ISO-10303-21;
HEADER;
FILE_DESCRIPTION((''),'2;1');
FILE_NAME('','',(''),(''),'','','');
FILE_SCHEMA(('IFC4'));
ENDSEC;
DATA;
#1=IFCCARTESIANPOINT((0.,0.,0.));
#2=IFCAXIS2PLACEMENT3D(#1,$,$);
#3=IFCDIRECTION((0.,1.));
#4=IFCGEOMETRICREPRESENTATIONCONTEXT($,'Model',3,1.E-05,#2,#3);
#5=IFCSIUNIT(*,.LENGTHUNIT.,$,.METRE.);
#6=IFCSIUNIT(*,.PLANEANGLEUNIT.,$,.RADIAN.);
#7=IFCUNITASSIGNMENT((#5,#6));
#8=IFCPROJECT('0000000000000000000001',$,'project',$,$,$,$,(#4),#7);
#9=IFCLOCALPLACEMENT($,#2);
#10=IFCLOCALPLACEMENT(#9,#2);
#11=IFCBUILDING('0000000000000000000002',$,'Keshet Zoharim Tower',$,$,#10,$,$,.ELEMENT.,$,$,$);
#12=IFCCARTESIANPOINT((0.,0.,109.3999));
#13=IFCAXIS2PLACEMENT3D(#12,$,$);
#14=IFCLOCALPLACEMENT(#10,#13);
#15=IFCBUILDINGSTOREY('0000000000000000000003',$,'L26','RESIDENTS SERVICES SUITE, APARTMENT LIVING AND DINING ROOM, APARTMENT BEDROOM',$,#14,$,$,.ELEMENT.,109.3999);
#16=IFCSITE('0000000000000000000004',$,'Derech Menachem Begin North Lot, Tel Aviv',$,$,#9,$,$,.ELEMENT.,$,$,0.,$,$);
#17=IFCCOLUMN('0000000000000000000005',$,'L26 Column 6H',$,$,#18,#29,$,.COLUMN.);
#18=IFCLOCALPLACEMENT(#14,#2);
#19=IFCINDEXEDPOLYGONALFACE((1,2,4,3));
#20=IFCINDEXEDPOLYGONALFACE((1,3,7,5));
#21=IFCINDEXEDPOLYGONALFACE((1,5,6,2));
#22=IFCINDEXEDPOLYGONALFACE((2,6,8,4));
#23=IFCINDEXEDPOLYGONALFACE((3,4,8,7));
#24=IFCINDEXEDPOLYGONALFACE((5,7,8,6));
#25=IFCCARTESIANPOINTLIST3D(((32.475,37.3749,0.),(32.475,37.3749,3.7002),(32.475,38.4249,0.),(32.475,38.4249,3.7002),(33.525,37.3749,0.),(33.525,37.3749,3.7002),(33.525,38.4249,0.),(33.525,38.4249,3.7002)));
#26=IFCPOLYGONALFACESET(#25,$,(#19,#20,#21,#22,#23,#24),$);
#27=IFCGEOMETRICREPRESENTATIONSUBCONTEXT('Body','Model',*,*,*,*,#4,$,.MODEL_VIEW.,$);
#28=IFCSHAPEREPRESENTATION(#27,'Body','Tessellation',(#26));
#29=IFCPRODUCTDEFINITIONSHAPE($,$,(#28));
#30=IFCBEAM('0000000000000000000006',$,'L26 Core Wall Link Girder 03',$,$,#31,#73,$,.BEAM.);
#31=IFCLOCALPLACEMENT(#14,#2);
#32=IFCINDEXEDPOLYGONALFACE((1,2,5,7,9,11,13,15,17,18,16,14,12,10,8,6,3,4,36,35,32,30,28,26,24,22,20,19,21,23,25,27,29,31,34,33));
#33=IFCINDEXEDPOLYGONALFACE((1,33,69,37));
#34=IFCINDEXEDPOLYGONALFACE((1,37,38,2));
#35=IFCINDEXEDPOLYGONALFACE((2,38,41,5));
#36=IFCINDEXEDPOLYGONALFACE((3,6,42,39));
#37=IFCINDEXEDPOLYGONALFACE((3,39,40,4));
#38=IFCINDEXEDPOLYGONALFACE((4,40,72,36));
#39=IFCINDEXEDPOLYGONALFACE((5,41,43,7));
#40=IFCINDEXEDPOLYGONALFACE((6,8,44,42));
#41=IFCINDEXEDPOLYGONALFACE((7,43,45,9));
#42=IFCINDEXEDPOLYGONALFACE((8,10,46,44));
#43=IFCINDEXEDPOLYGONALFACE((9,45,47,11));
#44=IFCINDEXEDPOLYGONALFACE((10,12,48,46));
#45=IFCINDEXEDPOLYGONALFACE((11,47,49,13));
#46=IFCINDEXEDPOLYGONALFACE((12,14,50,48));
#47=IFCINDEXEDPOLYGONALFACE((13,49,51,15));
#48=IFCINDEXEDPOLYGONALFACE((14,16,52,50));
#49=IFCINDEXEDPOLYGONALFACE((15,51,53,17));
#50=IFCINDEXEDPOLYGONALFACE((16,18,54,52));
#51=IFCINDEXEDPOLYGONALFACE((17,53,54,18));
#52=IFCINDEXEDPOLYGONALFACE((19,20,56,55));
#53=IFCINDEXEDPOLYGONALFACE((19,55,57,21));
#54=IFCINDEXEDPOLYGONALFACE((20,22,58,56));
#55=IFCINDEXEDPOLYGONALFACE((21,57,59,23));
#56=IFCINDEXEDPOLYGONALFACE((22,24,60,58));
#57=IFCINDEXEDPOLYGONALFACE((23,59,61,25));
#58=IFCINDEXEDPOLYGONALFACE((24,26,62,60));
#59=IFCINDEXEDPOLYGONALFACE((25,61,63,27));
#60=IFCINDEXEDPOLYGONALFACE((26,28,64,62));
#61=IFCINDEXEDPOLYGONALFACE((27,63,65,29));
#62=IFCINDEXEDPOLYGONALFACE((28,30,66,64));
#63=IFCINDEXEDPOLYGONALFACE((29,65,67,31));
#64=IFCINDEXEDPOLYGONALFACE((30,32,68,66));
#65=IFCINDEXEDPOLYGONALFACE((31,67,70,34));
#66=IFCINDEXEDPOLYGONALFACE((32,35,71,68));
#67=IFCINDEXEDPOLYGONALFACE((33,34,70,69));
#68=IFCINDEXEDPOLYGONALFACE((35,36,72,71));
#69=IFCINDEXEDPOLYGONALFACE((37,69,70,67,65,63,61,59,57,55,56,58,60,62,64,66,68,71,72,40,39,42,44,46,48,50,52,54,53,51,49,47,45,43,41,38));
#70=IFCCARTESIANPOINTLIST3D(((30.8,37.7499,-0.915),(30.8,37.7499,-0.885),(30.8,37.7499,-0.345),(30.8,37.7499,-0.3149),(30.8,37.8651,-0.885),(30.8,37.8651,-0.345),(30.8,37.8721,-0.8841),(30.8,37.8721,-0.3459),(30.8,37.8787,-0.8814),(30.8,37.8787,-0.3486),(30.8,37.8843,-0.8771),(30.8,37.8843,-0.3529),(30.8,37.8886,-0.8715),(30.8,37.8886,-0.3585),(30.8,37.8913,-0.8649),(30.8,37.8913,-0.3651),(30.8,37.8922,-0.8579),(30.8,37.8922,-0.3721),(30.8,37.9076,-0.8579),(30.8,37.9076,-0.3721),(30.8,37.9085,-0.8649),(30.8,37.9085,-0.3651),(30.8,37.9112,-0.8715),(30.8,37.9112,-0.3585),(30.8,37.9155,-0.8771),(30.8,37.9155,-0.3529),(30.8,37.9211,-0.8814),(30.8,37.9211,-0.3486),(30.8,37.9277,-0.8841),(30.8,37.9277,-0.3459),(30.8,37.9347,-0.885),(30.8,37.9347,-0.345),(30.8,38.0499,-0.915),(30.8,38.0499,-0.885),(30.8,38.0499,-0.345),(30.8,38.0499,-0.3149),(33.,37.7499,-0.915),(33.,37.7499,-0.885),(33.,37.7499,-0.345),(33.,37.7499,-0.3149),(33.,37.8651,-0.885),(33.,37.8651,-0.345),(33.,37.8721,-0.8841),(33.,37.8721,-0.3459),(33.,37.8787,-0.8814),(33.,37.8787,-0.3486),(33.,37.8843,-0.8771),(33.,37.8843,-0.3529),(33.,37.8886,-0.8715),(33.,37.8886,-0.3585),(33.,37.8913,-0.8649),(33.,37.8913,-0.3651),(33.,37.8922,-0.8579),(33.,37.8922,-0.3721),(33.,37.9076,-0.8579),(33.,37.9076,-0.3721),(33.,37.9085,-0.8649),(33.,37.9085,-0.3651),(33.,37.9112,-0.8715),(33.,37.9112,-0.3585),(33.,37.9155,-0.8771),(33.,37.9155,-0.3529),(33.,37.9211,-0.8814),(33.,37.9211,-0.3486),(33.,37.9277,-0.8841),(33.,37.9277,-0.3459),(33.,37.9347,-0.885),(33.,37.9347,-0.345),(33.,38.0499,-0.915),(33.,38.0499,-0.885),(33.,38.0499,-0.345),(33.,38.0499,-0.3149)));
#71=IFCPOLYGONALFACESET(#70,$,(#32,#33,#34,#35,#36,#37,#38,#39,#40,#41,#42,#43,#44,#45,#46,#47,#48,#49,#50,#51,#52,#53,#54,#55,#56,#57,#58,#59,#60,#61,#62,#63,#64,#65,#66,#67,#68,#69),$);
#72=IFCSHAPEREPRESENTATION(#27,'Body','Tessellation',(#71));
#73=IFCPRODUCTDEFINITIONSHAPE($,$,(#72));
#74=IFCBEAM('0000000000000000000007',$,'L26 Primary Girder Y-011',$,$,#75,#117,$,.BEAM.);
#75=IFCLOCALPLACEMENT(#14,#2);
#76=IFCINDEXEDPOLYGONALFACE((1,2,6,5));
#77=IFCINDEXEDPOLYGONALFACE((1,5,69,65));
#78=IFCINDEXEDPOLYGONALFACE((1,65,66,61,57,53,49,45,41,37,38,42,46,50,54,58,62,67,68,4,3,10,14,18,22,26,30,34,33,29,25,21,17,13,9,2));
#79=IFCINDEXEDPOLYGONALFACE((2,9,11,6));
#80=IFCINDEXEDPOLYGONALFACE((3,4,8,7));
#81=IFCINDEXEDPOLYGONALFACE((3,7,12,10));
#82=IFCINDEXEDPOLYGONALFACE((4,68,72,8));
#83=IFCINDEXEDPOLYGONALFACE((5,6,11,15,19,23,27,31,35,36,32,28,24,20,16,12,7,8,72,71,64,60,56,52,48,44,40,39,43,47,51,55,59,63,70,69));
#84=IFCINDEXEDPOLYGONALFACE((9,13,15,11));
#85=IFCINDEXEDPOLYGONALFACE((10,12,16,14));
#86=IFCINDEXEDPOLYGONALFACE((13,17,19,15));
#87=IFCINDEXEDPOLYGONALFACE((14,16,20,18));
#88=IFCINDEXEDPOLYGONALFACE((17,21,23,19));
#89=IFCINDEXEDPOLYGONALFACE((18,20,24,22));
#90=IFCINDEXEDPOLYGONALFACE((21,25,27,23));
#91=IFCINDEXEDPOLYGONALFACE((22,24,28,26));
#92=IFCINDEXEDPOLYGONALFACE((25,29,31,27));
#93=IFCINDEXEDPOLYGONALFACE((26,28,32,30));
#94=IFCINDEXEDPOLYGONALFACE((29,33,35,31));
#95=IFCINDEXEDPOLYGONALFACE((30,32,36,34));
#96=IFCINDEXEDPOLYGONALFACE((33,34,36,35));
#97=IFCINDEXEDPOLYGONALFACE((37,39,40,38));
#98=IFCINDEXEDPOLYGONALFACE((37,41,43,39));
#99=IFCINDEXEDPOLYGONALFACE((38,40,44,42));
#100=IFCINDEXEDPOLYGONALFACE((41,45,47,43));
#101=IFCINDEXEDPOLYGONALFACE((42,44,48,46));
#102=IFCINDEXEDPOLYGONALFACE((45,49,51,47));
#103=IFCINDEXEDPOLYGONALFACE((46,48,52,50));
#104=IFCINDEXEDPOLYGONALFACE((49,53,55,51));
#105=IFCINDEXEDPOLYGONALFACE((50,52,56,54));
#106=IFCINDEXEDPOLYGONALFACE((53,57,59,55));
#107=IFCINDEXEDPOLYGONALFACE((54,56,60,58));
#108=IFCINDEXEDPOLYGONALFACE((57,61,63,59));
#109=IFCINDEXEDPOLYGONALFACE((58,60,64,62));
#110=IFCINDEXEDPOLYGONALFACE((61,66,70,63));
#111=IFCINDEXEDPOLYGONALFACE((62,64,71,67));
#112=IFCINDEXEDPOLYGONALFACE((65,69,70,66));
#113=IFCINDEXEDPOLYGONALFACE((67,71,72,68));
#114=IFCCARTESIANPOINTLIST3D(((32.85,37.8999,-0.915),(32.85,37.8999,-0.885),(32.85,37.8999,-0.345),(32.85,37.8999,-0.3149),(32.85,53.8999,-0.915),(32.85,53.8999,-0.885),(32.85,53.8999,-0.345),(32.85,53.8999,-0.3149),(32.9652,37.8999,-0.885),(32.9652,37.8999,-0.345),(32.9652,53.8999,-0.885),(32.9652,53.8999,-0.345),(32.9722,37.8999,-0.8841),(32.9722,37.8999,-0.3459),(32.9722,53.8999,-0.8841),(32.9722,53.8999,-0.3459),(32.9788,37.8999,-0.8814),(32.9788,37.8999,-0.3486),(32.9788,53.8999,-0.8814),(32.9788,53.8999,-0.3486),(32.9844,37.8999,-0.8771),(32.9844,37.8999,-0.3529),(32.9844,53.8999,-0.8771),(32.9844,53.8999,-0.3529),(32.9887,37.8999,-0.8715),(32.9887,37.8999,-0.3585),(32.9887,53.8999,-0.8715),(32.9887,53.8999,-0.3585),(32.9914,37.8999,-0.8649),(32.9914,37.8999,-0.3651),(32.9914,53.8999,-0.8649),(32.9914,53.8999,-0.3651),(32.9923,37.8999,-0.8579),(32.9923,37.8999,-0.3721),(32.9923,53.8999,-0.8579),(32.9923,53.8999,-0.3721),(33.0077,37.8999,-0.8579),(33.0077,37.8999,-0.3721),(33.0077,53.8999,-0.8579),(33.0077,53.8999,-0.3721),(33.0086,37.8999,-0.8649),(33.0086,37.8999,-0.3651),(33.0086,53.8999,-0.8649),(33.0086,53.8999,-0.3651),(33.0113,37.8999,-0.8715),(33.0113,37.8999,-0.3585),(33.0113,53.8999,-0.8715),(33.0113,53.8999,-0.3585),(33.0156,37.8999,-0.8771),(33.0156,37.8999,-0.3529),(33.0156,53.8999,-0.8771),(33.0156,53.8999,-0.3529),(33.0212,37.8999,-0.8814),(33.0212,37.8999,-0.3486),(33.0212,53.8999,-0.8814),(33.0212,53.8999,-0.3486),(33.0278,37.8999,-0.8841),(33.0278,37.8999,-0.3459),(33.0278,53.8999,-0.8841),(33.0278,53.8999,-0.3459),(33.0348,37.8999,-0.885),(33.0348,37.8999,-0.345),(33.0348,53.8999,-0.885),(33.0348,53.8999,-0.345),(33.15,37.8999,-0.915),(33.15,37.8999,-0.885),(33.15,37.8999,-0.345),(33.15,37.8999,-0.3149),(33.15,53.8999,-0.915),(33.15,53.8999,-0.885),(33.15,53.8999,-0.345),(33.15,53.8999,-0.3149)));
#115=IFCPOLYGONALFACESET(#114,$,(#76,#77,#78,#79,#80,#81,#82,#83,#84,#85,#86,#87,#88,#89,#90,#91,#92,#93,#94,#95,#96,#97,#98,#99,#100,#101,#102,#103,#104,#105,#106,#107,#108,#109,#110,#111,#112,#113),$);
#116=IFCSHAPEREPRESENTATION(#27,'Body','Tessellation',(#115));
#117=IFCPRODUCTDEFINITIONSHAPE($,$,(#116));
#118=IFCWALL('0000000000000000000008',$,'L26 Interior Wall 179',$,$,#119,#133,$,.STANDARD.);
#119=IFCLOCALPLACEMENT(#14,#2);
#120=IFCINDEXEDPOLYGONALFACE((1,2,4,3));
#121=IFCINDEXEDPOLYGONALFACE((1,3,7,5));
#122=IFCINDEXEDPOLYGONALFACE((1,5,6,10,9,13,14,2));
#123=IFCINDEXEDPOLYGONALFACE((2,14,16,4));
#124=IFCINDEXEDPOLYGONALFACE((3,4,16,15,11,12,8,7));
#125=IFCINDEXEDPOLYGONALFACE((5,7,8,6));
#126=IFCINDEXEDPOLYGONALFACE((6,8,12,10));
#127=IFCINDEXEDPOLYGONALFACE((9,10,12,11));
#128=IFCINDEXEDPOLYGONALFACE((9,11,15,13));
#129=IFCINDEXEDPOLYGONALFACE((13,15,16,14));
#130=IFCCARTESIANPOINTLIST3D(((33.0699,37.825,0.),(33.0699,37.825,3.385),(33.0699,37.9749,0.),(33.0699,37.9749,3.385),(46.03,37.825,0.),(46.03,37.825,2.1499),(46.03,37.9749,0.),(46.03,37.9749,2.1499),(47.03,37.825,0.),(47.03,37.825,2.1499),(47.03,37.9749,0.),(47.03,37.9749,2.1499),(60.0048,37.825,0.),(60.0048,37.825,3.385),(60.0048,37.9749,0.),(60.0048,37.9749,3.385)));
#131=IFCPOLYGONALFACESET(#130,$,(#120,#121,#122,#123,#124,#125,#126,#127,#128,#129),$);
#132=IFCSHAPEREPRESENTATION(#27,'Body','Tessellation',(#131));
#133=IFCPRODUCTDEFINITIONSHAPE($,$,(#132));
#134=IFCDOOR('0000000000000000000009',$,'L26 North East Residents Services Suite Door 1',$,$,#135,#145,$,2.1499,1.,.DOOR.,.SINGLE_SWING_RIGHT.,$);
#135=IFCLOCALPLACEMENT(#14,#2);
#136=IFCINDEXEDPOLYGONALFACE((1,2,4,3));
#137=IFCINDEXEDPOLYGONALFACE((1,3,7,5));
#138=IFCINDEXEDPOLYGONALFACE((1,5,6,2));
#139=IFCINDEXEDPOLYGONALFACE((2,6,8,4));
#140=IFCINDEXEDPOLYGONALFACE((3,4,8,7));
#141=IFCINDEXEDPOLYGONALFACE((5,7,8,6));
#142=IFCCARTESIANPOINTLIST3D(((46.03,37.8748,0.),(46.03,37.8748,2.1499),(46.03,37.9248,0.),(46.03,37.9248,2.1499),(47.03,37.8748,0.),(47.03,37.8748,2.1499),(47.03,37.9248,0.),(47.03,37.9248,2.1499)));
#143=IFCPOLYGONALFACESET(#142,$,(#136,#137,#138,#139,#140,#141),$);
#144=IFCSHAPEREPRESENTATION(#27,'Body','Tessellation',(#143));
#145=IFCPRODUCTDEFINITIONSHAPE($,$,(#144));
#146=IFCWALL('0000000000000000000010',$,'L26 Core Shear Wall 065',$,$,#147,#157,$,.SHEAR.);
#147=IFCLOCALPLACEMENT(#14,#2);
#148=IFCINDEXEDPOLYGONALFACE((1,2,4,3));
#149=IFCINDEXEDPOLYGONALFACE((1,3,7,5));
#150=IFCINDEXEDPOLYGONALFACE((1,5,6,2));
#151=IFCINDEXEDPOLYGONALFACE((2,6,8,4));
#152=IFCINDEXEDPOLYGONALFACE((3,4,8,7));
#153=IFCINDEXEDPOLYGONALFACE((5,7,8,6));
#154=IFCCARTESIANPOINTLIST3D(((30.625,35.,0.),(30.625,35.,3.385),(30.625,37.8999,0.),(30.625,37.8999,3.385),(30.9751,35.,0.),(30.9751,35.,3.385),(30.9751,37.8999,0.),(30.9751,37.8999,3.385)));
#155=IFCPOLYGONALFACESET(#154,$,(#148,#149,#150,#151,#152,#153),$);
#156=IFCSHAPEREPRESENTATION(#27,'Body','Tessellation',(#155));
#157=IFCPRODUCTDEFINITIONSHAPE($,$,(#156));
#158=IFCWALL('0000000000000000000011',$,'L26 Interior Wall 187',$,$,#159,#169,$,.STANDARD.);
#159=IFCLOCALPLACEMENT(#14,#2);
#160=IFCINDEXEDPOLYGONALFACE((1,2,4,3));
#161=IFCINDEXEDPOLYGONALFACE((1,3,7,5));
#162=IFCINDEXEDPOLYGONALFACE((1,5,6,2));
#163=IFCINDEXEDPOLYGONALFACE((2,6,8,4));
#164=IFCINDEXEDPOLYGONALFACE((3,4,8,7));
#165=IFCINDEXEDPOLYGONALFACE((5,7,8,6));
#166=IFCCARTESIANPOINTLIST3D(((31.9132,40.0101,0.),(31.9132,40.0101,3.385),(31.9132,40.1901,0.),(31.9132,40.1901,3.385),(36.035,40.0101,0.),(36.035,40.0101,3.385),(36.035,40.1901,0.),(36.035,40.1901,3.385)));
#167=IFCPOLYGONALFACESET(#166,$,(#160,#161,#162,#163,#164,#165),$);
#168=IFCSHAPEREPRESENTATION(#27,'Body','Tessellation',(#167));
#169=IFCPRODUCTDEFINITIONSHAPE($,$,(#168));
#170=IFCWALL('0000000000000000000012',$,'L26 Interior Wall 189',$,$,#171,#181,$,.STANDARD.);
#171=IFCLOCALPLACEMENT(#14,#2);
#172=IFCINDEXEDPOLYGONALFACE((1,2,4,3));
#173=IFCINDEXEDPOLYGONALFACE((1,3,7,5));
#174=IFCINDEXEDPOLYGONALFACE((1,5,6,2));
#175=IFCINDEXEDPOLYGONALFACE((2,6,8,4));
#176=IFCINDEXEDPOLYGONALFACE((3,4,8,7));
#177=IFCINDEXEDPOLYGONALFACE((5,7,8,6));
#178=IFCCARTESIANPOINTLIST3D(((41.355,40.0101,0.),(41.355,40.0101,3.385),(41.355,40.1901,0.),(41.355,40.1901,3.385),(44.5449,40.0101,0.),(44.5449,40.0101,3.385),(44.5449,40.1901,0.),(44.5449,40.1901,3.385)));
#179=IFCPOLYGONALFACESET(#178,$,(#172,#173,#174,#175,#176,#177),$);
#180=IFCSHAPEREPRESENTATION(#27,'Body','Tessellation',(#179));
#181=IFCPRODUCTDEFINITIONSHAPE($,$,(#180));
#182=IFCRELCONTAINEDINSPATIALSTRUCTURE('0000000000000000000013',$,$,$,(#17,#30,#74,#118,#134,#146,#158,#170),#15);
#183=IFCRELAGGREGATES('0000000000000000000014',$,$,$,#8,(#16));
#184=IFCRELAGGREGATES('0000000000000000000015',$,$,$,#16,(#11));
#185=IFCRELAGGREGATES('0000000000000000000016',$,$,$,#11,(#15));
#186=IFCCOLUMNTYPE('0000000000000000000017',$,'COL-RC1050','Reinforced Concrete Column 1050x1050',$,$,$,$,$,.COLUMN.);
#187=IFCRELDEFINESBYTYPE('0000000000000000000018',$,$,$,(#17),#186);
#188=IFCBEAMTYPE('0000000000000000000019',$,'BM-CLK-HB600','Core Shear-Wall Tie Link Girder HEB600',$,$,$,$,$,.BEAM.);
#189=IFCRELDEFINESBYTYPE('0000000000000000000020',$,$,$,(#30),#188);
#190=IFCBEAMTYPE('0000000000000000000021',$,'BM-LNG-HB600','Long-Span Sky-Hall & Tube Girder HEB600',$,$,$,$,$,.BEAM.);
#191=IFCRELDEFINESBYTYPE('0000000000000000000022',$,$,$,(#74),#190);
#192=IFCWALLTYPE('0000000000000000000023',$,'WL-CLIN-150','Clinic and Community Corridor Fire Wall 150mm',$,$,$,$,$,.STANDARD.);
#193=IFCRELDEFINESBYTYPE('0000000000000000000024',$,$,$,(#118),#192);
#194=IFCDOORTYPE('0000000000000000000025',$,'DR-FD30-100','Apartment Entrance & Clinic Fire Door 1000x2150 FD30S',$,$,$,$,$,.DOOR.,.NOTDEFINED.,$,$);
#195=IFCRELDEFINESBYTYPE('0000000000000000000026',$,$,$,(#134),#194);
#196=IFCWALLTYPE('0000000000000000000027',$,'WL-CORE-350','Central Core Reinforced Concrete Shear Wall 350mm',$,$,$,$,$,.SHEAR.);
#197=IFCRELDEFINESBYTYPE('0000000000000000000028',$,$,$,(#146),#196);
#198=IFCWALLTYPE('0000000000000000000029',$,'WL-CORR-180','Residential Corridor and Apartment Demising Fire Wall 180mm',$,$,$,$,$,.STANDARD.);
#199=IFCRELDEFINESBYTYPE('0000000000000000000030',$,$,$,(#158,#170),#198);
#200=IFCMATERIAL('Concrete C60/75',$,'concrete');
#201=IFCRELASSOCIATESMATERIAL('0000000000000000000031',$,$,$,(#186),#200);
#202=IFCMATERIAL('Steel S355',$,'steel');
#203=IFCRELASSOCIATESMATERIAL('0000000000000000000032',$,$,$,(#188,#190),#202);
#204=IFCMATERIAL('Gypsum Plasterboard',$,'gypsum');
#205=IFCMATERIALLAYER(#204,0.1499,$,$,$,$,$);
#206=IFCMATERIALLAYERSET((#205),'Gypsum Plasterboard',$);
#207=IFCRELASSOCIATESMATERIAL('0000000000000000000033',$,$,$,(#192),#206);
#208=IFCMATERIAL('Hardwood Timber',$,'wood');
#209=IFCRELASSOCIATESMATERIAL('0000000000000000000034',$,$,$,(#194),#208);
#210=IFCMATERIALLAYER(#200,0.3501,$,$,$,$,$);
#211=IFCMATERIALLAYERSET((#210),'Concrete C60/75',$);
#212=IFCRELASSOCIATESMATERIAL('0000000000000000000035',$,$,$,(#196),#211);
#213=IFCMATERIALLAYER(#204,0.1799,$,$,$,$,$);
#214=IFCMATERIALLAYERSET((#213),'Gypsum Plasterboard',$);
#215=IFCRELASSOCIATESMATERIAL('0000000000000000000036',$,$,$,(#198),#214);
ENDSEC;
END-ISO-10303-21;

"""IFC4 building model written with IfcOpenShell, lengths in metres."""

from ifc_helpers import new_model, si_unit, direction, frame, frame_2d, origin, origin_2d, place, context, subcontext, project, spatial, rectangle, i_section, extrude, material, layer, layer_set, material_profile, profile_set, type_object, element, fill, save


model = new_model("IFC4")

# Units and contexts
model_context = context("Model", 3, precision=1e-05, world=origin(), true_north=direction((0.0, 1.0)))
body_context = subcontext(model_context, "Body", "Model", "MODEL_VIEW")
ifc_project = project(units=[si_unit("LENGTHUNIT", "METRE"), si_unit("PLANEANGLEUNIT", "RADIAN")], contexts=[model_context])

# Site, building, storey
site_placement = place(None, origin())
site = spatial("IfcSite", under=ifc_project, at=site_placement, Name="Derech Menachem Begin North Lot, Tel Aviv", CompositionType="ELEMENT", RefElevation=0.0)
building_placement = place(site_placement, origin())
building = spatial("IfcBuilding", under=site, at=building_placement, Name="Keshet Zoharim Tower", CompositionType="ELEMENT")
storey_placement = place(building_placement, frame((0.0, 0.0, 109.3999)))
storey = spatial("IfcBuildingStorey", under=building, at=storey_placement, Name="L26", Description="RESIDENTS SERVICES SUITE, APARTMENT LIVING AND DINING ROOM, APARTMENT BEDROOM", CompositionType="ELEMENT", Elevation=109.3999)

# Column
ifc_material_1 = material(Name="Concrete C60/75", Category="concrete")
ifc_material_profile_1 = material_profile(ifc_material_1, rectangle(XDim=1.05, YDim=1.05, at=origin_2d()), Name="RC1050x1050")
ifc_profile_set_1 = profile_set([ifc_material_profile_1], Name="Concrete C60/75")
column_type = type_object("IfcColumnType", Name="COL-RC1050", Description="Reinforced Concrete Column 1050x1050", PredefinedType="COLUMN", material=ifc_profile_set_1)
column_placement = place(storey_placement, frame((33.0, 37.8999, 0.0), z_axis=(0.0, 0.0, 1.0), x_axis=(1.0, 0.0, 0.0)))
element("IfcColumn", 1, at=column_placement, inside=storey, type_object=column_type, Name="L26 Column 6H", PredefinedType="COLUMN", context=body_context, shape_type="SweptSolid", body=[
    extrude(rectangle(XDim=1.05, YDim=1.05, at=origin_2d()), origin(), (0.0, 0.0, 1.0), 3.7002),
])

# Beams
ifc_material_2 = material(Name="Steel S355", Category="steel")
ifc_material_profile_2 = material_profile(ifc_material_2, i_section(OverallWidth=0.3, OverallDepth=0.6001, WebThickness=0.0154, FlangeThickness=0.03, FilletRadius=0.0271, at=origin_2d()), Name="HEB600")
ifc_profile_set_2 = profile_set([ifc_material_profile_2], Name="Steel S355")
beam_type_1 = type_object("IfcBeamType", Name="BM-CLK-HB600", Description="Core Shear-Wall Tie Link Girder HEB600", PredefinedType="BEAM", material=ifc_profile_set_2)
beam_1_placement = place(storey_placement, frame((30.8, 37.8999, -0.615), z_axis=(1.0, 0.0, 0.0), x_axis=(0.0, 1.0, 0.0)))
element("IfcBeam", 2, at=beam_1_placement, inside=storey, type_object=beam_type_1, Name="L26 Core Wall Link Girder 03", PredefinedType="BEAM", context=body_context, shape_type="SweptSolid", body=[
    extrude(i_section(OverallWidth=0.3, OverallDepth=0.6001, WebThickness=0.0154, FlangeThickness=0.03, FilletRadius=0.0271, at=origin_2d()), origin(), (0.0, 0.0, 1.0), 2.2),
])
ifc_material_profile_3 = material_profile(ifc_material_2, i_section(OverallWidth=0.3, OverallDepth=0.6001, WebThickness=0.0154, FlangeThickness=0.03, FilletRadius=0.0271, at=origin_2d()), Name="HEB600")
ifc_profile_set_3 = profile_set([ifc_material_profile_3], Name="Steel S355")
beam_type_2 = type_object("IfcBeamType", Name="BM-LNG-HB600", Description="Long-Span Sky-Hall & Tube Girder HEB600", PredefinedType="BEAM", material=ifc_profile_set_3)
beam_2_placement = place(storey_placement, frame((33.0, 37.8999, -0.615), z_axis=(0.0, 1.0, 0.0), x_axis=(-1.0, 0.0, 0.0)))
element("IfcBeam", 3, at=beam_2_placement, inside=storey, type_object=beam_type_2, Name="L26 Primary Girder Y-011", PredefinedType="BEAM", context=body_context, shape_type="SweptSolid", body=[
    extrude(i_section(OverallWidth=0.3, OverallDepth=0.6001, WebThickness=0.0154, FlangeThickness=0.03, FilletRadius=0.0271, at=origin_2d()), origin(), (0.0, 0.0, 1.0), 16.0),
])

# Wall, opening, door
ifc_material_3 = material(Name="Gypsum Plasterboard", Category="gypsum")
ifc_layer_1 = layer(ifc_material_3, 0.1499)
ifc_layer_set_1 = layer_set([ifc_layer_1], Name="Gypsum Plasterboard")
wall_type_1 = type_object("IfcWallType", Name="WL-CLIN-150", Description="Clinic and Community Corridor Fire Wall 150mm", PredefinedType="STANDARD", material=ifc_layer_set_1)
wall_1_placement = place(storey_placement, frame((33.0701, 37.8999, 0.0), z_axis=(0.0, 0.0, 1.0), x_axis=(1.0, 0.0, 0.0)))
wall_1 = element("IfcWall", 4, at=wall_1_placement, inside=storey, type_object=wall_type_1, Name="L26 Interior Wall 179", PredefinedType="STANDARD", context=body_context, shape_type="SweptSolid", body=[
    extrude(rectangle(XDim=26.9348, YDim=0.1499, at=frame_2d((13.4673, 0.0))), origin(), (0.0, 0.0, 1.0), 3.385),
])
opening_1_placement = place(wall_1_placement, frame((12.96, 0.0, 0.0)))
opening_1 = element("IfcOpeningElement", 5, at=opening_1_placement, cuts=wall_1, PredefinedType="OPENING", context=body_context, shape_type="SweptSolid", body=[
    extrude(rectangle(XDim=1.0, YDim=2.1499, at=frame_2d((0.5, 1.075))), frame((0.0, 0.085, 0.0), z_axis=(0.0, -1.0, 0.0), x_axis=(1.0, 0.0, 0.0)), (0.0, 0.0, 1.0), 0.1699),
])
ifc_material_4 = material(Name="Hardwood Timber", Category="wood")
door_type_1 = type_object("IfcDoorType", Name="DR-FD30-100", Description="Apartment Entrance & Clinic Fire Door 1000x2150 FD30S", OperationType="NOTDEFINED", PredefinedType="DOOR", material=ifc_material_4)
door_1_placement = place(opening_1_placement, origin())
door_1 = element("IfcDoor", 6, at=door_1_placement, inside=storey, type_object=door_type_1, Name="L26 North East Residents Services Suite Door 1", OperationType="SINGLE_SWING_RIGHT", OverallHeight=2.1499, OverallWidth=1.0, PredefinedType="DOOR", context=body_context, shape_type="SweptSolid", body=[
    extrude(rectangle(XDim=1.0, YDim=2.1499, at=frame_2d((0.5, 1.075))), frame((0.0, 0.0249, 0.0), z_axis=(0.0, -1.0, 0.0), x_axis=(1.0, 0.0, 0.0)), (0.0, 0.0, 1.0), 0.05),
])
fill(opening_1, door_1)

# Walls
ifc_layer_2 = layer(ifc_material_1, 0.3501)
ifc_layer_set_2 = layer_set([ifc_layer_2], Name="Concrete C60/75")
wall_type_2 = type_object("IfcWallType", Name="WL-CORE-350", Description="Central Core Reinforced Concrete Shear Wall 350mm", PredefinedType="SHEAR", material=ifc_layer_set_2)
wall_2_placement = place(storey_placement, frame((30.8, 35.0, 0.0), z_axis=(0.0, 0.0, 1.0), x_axis=(0.0, 1.0, 0.0)))
element("IfcWall", 7, at=wall_2_placement, inside=storey, type_object=wall_type_2, Name="L26 Core Shear Wall 065", PredefinedType="SHEAR", context=body_context, shape_type="SweptSolid", body=[
    extrude(rectangle(XDim=2.8999, YDim=0.3501, at=frame_2d((1.45, 0.0))), origin(), (0.0, 0.0, 1.0), 3.385),
])
ifc_layer_3 = layer(ifc_material_3, 0.1799)
ifc_layer_set_3 = layer_set([ifc_layer_3], Name="Gypsum Plasterboard")
wall_type_3 = type_object("IfcWallType", Name="WL-CORR-180", Description="Residential Corridor and Apartment Demising Fire Wall 180mm", PredefinedType="STANDARD", material=ifc_layer_set_3)
wall_3_placement = place(storey_placement, frame((31.9131, 40.1001, 0.0), z_axis=(0.0, 0.0, 1.0), x_axis=(1.0, 0.0, 0.0)))
element("IfcWall", 8, at=wall_3_placement, inside=storey, type_object=wall_type_3, Name="L26 Interior Wall 187", PredefinedType="STANDARD", context=body_context, shape_type="SweptSolid", body=[
    extrude(rectangle(XDim=4.1218, YDim=0.1799, at=frame_2d((2.061, 0.0))), origin(), (0.0, 0.0, 1.0), 3.385),
])

# Wall
wall_4_placement = place(storey_placement, frame((41.355, 40.1001, 0.0), z_axis=(0.0, 0.0, 1.0), x_axis=(1.0, 0.0, 0.0)))
element("IfcWall", 9, at=wall_4_placement, inside=storey, type_object=wall_type_3, Name="L26 Interior Wall 189", PredefinedType="STANDARD", context=body_context, shape_type="SweptSolid", body=[
    extrude(rectangle(XDim=3.1899, YDim=0.1799, at=frame_2d((1.595, 0.0))), origin(), (0.0, 0.0, 1.0), 3.385),
])

save(model, "model.ifc")
